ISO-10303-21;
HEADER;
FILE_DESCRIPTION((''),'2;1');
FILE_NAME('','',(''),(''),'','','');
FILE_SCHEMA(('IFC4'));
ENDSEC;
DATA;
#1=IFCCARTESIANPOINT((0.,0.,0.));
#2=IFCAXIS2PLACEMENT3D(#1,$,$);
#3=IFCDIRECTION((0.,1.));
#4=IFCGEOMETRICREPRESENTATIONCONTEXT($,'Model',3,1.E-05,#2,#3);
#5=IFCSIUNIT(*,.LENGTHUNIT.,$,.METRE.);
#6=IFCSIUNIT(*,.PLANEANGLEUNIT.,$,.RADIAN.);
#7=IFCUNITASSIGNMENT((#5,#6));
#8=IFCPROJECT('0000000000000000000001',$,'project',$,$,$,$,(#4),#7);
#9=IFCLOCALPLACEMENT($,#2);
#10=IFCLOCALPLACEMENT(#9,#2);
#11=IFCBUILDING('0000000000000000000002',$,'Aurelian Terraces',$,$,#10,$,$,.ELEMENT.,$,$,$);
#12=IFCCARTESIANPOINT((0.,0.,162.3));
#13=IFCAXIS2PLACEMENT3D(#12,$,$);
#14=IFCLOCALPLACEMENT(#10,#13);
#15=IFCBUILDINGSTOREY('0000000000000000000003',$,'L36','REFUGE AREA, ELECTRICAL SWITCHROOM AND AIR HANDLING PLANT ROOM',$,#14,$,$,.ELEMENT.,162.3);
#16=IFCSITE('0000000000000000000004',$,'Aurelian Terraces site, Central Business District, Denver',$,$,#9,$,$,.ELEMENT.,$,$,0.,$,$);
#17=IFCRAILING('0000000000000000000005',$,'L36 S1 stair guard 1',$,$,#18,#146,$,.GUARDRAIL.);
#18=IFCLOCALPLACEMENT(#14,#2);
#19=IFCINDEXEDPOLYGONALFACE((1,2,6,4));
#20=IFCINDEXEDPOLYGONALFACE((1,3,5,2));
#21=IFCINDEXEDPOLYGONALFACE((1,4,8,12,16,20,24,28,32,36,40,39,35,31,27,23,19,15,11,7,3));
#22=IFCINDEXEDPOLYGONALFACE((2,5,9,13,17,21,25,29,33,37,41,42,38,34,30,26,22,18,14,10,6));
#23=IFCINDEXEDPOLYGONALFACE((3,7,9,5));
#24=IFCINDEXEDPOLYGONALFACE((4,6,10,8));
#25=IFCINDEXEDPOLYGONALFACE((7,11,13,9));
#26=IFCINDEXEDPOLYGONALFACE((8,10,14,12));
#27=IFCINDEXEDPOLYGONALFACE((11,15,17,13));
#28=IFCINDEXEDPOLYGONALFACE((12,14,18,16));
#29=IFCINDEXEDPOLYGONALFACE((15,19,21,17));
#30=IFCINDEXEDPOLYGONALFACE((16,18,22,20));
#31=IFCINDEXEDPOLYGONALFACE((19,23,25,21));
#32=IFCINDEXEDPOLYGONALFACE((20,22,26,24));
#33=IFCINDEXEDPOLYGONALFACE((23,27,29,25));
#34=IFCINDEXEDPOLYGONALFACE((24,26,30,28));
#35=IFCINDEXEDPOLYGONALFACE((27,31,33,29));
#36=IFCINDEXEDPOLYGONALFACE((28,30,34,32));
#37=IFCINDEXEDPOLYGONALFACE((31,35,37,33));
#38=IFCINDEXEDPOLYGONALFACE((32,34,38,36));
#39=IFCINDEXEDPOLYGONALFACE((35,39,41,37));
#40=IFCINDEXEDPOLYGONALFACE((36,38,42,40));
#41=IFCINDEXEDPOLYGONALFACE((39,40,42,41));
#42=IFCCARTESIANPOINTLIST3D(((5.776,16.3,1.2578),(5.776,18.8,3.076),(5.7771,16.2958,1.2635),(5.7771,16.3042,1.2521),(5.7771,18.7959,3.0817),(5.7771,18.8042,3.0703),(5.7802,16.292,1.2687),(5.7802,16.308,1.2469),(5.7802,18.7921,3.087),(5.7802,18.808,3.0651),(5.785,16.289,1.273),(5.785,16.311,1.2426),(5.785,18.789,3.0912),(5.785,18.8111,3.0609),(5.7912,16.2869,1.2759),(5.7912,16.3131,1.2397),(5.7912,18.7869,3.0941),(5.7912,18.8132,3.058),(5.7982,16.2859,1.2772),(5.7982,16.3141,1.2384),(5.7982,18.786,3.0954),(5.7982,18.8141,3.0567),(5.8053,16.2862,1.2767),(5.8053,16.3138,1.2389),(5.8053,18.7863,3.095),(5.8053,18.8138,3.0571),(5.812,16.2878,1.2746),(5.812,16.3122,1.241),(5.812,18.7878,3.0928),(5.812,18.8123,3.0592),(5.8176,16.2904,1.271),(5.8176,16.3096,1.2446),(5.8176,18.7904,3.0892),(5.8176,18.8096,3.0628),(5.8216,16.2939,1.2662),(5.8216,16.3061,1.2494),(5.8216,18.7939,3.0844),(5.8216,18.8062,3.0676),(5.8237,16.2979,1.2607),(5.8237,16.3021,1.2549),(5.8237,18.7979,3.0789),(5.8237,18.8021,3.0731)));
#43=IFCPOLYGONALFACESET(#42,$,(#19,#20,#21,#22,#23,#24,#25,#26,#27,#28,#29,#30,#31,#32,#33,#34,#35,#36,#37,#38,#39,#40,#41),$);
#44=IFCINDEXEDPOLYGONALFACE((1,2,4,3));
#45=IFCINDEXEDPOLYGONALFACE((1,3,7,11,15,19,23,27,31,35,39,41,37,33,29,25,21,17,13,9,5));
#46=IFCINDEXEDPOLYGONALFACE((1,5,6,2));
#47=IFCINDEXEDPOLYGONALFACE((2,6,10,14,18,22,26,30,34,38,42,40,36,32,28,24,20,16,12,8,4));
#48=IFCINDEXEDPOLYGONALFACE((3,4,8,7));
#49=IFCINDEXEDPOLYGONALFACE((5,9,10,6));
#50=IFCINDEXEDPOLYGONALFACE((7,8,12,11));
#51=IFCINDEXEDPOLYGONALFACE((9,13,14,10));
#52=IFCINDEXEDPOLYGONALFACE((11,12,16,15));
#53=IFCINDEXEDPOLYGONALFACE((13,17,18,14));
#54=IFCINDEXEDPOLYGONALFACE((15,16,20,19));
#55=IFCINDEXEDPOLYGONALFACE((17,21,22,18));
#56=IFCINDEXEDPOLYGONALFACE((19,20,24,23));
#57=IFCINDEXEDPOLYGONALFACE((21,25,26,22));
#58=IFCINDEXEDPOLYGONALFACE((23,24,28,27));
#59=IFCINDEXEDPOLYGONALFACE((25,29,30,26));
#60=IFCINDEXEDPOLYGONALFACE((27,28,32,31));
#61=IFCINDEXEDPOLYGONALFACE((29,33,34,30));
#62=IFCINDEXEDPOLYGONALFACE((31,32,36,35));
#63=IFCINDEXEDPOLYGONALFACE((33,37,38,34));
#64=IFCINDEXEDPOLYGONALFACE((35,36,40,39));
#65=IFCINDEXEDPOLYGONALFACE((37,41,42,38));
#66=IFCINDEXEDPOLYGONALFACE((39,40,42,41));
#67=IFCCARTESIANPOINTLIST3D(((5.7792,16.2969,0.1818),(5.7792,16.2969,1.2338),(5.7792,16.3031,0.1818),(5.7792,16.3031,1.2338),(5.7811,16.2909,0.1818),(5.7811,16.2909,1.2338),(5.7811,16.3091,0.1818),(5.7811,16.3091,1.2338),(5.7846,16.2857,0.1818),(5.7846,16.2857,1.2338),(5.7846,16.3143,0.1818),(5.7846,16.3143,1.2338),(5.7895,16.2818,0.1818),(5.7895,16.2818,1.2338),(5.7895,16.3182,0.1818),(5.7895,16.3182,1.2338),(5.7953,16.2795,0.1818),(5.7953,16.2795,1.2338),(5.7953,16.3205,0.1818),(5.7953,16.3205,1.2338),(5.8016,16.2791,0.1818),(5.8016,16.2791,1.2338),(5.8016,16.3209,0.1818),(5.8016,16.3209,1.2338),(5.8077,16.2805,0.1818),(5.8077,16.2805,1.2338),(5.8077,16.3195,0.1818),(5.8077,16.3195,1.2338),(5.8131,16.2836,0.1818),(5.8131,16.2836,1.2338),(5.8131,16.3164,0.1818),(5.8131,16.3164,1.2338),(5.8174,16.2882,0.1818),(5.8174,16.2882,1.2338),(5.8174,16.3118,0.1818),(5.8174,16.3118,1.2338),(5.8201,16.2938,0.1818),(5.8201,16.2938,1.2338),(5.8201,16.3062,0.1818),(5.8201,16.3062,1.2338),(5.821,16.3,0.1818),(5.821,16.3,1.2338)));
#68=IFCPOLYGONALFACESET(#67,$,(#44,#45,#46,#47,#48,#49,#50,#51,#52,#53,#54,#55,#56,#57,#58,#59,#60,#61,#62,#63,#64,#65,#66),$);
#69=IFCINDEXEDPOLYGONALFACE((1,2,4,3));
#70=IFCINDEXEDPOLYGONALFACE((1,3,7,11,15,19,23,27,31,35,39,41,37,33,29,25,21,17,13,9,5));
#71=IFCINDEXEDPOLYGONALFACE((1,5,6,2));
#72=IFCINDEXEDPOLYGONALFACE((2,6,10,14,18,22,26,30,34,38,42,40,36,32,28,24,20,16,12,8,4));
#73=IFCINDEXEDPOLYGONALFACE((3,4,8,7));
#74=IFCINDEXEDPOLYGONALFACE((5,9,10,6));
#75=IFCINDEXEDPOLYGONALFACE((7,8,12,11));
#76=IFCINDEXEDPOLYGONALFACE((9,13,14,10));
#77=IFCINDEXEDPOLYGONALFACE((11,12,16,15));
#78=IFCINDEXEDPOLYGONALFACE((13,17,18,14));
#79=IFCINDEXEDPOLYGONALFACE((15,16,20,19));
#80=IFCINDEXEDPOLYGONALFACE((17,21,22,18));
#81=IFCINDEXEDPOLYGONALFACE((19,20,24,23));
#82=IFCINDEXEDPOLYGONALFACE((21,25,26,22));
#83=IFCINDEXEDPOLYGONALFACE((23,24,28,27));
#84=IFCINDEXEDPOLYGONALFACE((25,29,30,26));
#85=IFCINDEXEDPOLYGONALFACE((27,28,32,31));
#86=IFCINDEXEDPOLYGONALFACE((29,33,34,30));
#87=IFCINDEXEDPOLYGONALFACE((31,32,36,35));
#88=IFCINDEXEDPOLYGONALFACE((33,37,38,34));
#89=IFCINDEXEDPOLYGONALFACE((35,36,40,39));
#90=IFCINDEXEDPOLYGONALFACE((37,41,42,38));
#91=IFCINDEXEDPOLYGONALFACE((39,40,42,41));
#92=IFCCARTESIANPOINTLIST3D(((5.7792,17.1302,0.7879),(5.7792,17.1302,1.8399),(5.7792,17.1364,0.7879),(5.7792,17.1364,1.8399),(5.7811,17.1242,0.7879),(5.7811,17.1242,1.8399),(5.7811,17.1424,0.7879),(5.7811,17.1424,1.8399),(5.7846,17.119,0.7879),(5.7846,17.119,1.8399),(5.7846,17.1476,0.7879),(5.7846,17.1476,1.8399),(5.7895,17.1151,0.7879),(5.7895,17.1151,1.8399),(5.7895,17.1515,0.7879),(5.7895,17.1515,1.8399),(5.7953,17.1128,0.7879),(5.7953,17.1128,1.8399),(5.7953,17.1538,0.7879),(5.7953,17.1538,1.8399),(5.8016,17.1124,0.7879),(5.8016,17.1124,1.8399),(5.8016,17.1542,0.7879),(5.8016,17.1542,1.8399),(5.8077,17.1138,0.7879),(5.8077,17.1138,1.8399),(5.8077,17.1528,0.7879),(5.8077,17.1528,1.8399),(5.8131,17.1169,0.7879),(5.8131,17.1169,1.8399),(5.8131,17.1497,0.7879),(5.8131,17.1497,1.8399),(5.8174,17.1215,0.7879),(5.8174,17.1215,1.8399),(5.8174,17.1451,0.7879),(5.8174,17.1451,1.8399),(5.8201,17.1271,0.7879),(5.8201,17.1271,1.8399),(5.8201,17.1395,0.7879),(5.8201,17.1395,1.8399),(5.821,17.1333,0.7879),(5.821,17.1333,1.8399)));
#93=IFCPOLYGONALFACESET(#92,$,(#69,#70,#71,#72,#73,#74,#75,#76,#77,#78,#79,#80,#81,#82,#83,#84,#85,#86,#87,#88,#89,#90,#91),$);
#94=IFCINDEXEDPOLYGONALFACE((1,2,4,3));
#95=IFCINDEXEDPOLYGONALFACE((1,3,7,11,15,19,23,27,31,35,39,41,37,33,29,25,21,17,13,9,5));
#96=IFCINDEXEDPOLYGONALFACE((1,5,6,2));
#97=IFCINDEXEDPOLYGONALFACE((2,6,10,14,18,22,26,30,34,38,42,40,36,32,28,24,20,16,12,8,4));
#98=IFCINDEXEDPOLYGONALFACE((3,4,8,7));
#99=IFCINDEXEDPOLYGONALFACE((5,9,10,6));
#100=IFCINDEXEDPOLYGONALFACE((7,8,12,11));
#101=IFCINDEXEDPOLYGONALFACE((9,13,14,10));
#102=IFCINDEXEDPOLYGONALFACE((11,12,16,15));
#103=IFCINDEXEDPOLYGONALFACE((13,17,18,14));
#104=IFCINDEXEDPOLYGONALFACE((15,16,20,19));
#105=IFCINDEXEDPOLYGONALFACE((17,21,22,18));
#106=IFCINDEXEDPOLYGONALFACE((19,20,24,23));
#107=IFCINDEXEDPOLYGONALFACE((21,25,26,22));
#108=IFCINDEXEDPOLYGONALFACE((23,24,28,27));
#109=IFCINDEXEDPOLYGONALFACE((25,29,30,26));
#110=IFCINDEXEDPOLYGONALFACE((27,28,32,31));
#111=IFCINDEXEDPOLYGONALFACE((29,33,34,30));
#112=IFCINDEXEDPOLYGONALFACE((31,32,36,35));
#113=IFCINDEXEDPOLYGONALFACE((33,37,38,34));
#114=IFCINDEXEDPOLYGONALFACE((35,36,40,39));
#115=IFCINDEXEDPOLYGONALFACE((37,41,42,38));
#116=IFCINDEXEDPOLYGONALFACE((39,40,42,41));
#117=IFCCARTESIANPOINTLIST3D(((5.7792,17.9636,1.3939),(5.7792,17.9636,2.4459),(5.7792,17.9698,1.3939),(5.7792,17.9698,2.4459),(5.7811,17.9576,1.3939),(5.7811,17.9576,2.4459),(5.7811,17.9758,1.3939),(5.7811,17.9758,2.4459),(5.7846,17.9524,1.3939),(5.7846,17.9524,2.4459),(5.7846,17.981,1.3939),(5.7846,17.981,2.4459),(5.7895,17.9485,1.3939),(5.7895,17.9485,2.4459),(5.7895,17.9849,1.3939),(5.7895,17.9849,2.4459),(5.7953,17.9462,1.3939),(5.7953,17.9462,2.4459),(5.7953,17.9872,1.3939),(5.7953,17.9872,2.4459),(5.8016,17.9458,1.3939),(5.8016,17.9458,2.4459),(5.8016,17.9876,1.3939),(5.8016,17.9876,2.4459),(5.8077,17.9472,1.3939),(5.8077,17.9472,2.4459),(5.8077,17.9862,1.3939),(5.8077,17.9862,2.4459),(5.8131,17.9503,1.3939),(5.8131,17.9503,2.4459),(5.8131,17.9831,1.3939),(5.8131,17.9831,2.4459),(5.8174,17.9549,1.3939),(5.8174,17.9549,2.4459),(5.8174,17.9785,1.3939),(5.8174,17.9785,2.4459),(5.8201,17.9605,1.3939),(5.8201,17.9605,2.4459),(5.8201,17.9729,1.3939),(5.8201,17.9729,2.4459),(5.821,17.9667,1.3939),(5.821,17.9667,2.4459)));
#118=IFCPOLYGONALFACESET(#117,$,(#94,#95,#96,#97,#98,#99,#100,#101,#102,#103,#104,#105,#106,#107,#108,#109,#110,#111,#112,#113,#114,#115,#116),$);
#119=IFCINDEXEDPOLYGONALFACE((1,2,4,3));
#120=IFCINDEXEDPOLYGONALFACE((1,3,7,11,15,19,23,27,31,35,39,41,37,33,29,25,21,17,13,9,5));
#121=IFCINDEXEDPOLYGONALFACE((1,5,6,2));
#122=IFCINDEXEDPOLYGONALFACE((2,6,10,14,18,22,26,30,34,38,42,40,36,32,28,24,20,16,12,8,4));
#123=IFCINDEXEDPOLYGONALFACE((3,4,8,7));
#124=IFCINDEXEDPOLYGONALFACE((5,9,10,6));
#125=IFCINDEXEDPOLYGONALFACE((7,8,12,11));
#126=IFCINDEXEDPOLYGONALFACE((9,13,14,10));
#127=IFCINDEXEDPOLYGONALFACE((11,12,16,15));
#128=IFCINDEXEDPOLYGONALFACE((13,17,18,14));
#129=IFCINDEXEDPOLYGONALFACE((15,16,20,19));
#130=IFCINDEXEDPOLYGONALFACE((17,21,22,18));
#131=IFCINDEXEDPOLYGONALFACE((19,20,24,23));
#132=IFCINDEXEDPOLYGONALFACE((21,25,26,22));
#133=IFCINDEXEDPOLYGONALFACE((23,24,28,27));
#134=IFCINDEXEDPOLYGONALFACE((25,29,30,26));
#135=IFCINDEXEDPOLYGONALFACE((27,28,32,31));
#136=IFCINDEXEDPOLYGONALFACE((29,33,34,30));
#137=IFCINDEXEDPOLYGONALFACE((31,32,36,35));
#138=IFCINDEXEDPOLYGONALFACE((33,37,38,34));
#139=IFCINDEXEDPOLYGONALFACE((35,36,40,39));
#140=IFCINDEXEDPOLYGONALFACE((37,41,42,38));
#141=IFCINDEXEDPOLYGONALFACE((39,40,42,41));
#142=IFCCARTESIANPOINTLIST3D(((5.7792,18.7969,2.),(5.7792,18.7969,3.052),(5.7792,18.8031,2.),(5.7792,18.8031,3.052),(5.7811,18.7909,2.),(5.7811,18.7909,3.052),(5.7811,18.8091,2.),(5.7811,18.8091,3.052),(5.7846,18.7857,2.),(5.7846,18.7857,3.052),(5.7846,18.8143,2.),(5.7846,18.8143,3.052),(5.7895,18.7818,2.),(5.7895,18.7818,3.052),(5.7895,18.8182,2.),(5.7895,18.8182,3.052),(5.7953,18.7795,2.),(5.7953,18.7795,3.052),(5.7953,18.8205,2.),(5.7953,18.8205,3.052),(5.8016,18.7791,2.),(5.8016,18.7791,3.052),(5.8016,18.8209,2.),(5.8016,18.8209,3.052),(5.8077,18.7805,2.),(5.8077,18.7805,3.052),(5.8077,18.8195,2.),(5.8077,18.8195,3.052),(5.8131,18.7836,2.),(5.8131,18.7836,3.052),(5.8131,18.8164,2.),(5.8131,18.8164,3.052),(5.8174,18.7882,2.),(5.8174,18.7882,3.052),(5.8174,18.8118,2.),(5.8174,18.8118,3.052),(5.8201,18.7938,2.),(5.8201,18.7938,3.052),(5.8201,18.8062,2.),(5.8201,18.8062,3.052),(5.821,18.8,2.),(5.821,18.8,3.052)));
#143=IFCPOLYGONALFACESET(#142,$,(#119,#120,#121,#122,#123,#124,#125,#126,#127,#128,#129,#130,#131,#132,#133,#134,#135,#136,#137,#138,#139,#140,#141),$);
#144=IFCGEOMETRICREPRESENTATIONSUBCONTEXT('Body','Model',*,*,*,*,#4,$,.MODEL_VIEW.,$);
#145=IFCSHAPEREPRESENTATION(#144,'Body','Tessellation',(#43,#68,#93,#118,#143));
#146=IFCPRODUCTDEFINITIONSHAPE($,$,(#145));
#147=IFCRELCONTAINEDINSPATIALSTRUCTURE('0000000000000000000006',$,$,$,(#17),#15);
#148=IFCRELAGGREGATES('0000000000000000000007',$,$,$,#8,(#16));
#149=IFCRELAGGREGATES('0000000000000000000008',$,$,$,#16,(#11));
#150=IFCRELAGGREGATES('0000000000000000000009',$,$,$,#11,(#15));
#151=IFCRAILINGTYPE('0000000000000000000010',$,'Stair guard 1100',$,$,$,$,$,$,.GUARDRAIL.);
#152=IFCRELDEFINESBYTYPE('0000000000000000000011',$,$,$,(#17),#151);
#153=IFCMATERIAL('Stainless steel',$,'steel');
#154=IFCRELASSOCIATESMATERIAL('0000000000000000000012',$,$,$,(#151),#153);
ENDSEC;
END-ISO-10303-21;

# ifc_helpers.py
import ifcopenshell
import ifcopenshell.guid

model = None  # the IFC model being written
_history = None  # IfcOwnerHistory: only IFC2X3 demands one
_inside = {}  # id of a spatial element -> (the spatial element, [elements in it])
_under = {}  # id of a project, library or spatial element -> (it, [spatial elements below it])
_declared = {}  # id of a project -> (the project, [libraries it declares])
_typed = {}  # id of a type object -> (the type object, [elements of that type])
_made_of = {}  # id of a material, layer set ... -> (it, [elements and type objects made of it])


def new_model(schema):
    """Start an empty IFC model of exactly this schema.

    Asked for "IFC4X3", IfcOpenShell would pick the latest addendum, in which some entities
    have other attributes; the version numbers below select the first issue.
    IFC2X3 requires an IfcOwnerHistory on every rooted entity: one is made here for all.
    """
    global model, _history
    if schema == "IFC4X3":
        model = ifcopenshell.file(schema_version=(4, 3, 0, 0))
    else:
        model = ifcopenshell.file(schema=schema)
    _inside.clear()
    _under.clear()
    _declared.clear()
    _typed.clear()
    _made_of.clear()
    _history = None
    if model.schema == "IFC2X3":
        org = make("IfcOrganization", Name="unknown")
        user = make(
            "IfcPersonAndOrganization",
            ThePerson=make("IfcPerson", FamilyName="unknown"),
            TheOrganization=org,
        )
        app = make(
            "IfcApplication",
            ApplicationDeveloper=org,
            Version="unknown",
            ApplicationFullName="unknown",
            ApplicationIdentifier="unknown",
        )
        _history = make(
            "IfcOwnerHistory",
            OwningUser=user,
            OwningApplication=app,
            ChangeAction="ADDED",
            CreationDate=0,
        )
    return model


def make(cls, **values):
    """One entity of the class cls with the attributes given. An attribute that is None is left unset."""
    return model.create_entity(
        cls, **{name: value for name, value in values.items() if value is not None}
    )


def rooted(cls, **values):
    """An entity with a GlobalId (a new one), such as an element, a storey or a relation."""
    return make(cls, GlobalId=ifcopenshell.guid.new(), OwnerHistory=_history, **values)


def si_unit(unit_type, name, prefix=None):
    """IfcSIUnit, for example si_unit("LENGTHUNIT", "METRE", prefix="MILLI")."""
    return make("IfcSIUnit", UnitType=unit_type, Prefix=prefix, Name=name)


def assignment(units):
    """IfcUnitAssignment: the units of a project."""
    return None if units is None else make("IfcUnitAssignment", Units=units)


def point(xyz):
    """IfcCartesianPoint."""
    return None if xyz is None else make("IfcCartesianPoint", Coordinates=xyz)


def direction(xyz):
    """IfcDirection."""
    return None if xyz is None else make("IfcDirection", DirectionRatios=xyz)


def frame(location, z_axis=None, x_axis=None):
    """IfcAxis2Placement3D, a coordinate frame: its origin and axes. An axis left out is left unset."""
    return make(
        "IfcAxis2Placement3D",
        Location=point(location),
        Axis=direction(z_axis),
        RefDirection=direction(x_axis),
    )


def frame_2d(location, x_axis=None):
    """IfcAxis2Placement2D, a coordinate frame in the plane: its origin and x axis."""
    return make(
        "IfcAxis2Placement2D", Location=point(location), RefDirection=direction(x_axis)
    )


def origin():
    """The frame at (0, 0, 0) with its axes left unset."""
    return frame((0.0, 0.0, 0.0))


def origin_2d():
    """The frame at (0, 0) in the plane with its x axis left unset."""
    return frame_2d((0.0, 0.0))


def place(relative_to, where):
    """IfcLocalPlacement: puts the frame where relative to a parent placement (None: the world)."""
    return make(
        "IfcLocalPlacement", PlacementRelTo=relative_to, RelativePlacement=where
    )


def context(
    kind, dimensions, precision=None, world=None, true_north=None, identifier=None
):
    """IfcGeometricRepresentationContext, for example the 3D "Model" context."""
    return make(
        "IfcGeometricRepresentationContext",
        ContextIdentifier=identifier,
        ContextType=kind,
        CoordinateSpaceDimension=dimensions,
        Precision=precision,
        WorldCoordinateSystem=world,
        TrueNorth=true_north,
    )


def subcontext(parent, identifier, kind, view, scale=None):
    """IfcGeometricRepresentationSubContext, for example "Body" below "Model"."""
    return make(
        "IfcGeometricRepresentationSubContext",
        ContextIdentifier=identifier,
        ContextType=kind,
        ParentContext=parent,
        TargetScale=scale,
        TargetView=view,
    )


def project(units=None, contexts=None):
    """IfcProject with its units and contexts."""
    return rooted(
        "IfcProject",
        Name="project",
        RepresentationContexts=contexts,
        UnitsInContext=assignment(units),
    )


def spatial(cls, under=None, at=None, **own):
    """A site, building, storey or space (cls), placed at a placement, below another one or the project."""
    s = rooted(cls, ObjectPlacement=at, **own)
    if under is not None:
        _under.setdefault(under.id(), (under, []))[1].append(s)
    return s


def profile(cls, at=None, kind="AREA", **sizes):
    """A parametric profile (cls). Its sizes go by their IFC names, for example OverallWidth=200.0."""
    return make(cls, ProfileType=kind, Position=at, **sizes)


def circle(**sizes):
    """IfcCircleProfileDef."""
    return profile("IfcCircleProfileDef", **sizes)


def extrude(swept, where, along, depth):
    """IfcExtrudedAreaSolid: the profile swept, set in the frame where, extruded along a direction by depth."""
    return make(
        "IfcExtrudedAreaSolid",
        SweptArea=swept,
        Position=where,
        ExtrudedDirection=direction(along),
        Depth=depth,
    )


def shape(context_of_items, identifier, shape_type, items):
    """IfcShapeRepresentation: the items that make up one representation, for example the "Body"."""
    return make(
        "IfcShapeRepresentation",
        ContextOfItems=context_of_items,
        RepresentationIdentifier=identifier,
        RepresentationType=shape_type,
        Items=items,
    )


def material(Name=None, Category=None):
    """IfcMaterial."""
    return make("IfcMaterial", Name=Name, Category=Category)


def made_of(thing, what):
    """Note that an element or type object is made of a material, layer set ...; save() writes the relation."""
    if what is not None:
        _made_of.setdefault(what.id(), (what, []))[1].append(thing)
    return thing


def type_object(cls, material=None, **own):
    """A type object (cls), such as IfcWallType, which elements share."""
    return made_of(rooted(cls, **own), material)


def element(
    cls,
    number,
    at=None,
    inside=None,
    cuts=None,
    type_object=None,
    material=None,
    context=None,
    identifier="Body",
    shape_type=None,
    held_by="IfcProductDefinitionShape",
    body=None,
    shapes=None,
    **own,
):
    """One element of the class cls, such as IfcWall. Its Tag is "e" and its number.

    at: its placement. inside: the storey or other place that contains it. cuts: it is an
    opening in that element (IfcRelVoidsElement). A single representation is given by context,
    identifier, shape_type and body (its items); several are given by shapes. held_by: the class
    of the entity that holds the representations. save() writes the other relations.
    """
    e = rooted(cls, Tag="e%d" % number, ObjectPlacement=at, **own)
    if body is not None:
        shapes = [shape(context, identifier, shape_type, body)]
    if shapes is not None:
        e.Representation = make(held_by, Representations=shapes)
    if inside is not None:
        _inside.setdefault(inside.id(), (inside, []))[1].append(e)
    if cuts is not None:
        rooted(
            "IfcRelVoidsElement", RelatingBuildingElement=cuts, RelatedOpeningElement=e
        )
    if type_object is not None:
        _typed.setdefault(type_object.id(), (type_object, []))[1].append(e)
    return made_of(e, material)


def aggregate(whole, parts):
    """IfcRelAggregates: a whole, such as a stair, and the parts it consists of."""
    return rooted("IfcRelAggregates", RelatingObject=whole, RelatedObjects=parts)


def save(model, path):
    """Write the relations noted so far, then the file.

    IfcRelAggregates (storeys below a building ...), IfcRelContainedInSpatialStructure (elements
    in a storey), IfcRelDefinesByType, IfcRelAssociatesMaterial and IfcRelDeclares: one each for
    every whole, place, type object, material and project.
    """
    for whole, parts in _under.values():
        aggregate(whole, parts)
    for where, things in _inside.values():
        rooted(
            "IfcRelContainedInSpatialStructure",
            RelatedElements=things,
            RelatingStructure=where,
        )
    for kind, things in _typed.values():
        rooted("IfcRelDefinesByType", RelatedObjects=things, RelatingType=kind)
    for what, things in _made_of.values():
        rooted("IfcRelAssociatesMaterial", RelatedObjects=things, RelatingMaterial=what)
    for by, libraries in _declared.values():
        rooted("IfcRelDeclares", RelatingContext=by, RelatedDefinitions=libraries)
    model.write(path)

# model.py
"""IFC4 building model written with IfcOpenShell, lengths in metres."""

from ifc_helpers import new_model, si_unit, direction, frame, origin, origin_2d, place, context, subcontext, project, spatial, circle, extrude, material, type_object, element, save


model = new_model("IFC4")

# Units and contexts
model_context = context("Model", 3, precision=1e-05, world=origin(), true_north=direction((0.0, 1.0)))
body_context = subcontext(model_context, "Body", "Model", "MODEL_VIEW")
ifc_project = project(units=[si_unit("LENGTHUNIT", "METRE"), si_unit("PLANEANGLEUNIT", "RADIAN")], contexts=[model_context])

# Site, building, storey
site_placement = place(None, origin())
site = spatial("IfcSite", under=ifc_project, at=site_placement, Name="Aurelian Terraces site, Central Business District, Denver", CompositionType="ELEMENT", RefElevation=0.0)
building_placement = place(site_placement, origin())
building = spatial("IfcBuilding", under=site, at=building_placement, Name="Aurelian Terraces", CompositionType="ELEMENT")
storey_placement = place(building_placement, frame((0.0, 0.0, 162.3)))
storey = spatial("IfcBuildingStorey", under=building, at=storey_placement, Name="L36", Description="REFUGE AREA, ELECTRICAL SWITCHROOM AND AIR HANDLING PLANT ROOM", CompositionType="ELEMENT", Elevation=162.3)

# Shared definitions
ifc_material_1 = material(Name="Stainless steel", Category="steel")

# Railing
railing_type_1 = type_object("IfcRailingType", Name="Stair guard 1100", PredefinedType="GUARDRAIL", material=ifc_material_1)
railing_1_placement = place(storey_placement, frame((5.8, 16.3, 0.1818)))
element("IfcRailing", 1, at=railing_1_placement, inside=storey, type_object=railing_type_1, Name="L36 S1 stair guard 1", PredefinedType="GUARDRAIL", context=body_context, shape_type="SweptSolid", body=[
    extrude(circle(Radius=0.024, at=origin_2d()), frame((0.0, 0.0, 1.076), z_axis=(0.0, 0.808733, 0.588176), x_axis=(-1.0, 0.0, 0.0)), (0.0, 0.0, 1.0), 3.0913),
    extrude(circle(Radius=0.021, at=origin_2d()), origin(), (0.0, 0.0, 1.0), 1.052),
    extrude(circle(Radius=0.021, at=origin_2d()), frame((0.0, 0.8333, 0.6061)), (0.0, 0.0, 1.0), 1.052),
    extrude(circle(Radius=0.021, at=origin_2d()), frame((0.0, 1.6667, 1.2121)), (0.0, 0.0, 1.0), 1.052),
    extrude(circle(Radius=0.021, at=origin_2d()), frame((0.0, 2.5, 1.8182)), (0.0, 0.0, 1.0), 1.052),
])

save(model, "model.ifc")
